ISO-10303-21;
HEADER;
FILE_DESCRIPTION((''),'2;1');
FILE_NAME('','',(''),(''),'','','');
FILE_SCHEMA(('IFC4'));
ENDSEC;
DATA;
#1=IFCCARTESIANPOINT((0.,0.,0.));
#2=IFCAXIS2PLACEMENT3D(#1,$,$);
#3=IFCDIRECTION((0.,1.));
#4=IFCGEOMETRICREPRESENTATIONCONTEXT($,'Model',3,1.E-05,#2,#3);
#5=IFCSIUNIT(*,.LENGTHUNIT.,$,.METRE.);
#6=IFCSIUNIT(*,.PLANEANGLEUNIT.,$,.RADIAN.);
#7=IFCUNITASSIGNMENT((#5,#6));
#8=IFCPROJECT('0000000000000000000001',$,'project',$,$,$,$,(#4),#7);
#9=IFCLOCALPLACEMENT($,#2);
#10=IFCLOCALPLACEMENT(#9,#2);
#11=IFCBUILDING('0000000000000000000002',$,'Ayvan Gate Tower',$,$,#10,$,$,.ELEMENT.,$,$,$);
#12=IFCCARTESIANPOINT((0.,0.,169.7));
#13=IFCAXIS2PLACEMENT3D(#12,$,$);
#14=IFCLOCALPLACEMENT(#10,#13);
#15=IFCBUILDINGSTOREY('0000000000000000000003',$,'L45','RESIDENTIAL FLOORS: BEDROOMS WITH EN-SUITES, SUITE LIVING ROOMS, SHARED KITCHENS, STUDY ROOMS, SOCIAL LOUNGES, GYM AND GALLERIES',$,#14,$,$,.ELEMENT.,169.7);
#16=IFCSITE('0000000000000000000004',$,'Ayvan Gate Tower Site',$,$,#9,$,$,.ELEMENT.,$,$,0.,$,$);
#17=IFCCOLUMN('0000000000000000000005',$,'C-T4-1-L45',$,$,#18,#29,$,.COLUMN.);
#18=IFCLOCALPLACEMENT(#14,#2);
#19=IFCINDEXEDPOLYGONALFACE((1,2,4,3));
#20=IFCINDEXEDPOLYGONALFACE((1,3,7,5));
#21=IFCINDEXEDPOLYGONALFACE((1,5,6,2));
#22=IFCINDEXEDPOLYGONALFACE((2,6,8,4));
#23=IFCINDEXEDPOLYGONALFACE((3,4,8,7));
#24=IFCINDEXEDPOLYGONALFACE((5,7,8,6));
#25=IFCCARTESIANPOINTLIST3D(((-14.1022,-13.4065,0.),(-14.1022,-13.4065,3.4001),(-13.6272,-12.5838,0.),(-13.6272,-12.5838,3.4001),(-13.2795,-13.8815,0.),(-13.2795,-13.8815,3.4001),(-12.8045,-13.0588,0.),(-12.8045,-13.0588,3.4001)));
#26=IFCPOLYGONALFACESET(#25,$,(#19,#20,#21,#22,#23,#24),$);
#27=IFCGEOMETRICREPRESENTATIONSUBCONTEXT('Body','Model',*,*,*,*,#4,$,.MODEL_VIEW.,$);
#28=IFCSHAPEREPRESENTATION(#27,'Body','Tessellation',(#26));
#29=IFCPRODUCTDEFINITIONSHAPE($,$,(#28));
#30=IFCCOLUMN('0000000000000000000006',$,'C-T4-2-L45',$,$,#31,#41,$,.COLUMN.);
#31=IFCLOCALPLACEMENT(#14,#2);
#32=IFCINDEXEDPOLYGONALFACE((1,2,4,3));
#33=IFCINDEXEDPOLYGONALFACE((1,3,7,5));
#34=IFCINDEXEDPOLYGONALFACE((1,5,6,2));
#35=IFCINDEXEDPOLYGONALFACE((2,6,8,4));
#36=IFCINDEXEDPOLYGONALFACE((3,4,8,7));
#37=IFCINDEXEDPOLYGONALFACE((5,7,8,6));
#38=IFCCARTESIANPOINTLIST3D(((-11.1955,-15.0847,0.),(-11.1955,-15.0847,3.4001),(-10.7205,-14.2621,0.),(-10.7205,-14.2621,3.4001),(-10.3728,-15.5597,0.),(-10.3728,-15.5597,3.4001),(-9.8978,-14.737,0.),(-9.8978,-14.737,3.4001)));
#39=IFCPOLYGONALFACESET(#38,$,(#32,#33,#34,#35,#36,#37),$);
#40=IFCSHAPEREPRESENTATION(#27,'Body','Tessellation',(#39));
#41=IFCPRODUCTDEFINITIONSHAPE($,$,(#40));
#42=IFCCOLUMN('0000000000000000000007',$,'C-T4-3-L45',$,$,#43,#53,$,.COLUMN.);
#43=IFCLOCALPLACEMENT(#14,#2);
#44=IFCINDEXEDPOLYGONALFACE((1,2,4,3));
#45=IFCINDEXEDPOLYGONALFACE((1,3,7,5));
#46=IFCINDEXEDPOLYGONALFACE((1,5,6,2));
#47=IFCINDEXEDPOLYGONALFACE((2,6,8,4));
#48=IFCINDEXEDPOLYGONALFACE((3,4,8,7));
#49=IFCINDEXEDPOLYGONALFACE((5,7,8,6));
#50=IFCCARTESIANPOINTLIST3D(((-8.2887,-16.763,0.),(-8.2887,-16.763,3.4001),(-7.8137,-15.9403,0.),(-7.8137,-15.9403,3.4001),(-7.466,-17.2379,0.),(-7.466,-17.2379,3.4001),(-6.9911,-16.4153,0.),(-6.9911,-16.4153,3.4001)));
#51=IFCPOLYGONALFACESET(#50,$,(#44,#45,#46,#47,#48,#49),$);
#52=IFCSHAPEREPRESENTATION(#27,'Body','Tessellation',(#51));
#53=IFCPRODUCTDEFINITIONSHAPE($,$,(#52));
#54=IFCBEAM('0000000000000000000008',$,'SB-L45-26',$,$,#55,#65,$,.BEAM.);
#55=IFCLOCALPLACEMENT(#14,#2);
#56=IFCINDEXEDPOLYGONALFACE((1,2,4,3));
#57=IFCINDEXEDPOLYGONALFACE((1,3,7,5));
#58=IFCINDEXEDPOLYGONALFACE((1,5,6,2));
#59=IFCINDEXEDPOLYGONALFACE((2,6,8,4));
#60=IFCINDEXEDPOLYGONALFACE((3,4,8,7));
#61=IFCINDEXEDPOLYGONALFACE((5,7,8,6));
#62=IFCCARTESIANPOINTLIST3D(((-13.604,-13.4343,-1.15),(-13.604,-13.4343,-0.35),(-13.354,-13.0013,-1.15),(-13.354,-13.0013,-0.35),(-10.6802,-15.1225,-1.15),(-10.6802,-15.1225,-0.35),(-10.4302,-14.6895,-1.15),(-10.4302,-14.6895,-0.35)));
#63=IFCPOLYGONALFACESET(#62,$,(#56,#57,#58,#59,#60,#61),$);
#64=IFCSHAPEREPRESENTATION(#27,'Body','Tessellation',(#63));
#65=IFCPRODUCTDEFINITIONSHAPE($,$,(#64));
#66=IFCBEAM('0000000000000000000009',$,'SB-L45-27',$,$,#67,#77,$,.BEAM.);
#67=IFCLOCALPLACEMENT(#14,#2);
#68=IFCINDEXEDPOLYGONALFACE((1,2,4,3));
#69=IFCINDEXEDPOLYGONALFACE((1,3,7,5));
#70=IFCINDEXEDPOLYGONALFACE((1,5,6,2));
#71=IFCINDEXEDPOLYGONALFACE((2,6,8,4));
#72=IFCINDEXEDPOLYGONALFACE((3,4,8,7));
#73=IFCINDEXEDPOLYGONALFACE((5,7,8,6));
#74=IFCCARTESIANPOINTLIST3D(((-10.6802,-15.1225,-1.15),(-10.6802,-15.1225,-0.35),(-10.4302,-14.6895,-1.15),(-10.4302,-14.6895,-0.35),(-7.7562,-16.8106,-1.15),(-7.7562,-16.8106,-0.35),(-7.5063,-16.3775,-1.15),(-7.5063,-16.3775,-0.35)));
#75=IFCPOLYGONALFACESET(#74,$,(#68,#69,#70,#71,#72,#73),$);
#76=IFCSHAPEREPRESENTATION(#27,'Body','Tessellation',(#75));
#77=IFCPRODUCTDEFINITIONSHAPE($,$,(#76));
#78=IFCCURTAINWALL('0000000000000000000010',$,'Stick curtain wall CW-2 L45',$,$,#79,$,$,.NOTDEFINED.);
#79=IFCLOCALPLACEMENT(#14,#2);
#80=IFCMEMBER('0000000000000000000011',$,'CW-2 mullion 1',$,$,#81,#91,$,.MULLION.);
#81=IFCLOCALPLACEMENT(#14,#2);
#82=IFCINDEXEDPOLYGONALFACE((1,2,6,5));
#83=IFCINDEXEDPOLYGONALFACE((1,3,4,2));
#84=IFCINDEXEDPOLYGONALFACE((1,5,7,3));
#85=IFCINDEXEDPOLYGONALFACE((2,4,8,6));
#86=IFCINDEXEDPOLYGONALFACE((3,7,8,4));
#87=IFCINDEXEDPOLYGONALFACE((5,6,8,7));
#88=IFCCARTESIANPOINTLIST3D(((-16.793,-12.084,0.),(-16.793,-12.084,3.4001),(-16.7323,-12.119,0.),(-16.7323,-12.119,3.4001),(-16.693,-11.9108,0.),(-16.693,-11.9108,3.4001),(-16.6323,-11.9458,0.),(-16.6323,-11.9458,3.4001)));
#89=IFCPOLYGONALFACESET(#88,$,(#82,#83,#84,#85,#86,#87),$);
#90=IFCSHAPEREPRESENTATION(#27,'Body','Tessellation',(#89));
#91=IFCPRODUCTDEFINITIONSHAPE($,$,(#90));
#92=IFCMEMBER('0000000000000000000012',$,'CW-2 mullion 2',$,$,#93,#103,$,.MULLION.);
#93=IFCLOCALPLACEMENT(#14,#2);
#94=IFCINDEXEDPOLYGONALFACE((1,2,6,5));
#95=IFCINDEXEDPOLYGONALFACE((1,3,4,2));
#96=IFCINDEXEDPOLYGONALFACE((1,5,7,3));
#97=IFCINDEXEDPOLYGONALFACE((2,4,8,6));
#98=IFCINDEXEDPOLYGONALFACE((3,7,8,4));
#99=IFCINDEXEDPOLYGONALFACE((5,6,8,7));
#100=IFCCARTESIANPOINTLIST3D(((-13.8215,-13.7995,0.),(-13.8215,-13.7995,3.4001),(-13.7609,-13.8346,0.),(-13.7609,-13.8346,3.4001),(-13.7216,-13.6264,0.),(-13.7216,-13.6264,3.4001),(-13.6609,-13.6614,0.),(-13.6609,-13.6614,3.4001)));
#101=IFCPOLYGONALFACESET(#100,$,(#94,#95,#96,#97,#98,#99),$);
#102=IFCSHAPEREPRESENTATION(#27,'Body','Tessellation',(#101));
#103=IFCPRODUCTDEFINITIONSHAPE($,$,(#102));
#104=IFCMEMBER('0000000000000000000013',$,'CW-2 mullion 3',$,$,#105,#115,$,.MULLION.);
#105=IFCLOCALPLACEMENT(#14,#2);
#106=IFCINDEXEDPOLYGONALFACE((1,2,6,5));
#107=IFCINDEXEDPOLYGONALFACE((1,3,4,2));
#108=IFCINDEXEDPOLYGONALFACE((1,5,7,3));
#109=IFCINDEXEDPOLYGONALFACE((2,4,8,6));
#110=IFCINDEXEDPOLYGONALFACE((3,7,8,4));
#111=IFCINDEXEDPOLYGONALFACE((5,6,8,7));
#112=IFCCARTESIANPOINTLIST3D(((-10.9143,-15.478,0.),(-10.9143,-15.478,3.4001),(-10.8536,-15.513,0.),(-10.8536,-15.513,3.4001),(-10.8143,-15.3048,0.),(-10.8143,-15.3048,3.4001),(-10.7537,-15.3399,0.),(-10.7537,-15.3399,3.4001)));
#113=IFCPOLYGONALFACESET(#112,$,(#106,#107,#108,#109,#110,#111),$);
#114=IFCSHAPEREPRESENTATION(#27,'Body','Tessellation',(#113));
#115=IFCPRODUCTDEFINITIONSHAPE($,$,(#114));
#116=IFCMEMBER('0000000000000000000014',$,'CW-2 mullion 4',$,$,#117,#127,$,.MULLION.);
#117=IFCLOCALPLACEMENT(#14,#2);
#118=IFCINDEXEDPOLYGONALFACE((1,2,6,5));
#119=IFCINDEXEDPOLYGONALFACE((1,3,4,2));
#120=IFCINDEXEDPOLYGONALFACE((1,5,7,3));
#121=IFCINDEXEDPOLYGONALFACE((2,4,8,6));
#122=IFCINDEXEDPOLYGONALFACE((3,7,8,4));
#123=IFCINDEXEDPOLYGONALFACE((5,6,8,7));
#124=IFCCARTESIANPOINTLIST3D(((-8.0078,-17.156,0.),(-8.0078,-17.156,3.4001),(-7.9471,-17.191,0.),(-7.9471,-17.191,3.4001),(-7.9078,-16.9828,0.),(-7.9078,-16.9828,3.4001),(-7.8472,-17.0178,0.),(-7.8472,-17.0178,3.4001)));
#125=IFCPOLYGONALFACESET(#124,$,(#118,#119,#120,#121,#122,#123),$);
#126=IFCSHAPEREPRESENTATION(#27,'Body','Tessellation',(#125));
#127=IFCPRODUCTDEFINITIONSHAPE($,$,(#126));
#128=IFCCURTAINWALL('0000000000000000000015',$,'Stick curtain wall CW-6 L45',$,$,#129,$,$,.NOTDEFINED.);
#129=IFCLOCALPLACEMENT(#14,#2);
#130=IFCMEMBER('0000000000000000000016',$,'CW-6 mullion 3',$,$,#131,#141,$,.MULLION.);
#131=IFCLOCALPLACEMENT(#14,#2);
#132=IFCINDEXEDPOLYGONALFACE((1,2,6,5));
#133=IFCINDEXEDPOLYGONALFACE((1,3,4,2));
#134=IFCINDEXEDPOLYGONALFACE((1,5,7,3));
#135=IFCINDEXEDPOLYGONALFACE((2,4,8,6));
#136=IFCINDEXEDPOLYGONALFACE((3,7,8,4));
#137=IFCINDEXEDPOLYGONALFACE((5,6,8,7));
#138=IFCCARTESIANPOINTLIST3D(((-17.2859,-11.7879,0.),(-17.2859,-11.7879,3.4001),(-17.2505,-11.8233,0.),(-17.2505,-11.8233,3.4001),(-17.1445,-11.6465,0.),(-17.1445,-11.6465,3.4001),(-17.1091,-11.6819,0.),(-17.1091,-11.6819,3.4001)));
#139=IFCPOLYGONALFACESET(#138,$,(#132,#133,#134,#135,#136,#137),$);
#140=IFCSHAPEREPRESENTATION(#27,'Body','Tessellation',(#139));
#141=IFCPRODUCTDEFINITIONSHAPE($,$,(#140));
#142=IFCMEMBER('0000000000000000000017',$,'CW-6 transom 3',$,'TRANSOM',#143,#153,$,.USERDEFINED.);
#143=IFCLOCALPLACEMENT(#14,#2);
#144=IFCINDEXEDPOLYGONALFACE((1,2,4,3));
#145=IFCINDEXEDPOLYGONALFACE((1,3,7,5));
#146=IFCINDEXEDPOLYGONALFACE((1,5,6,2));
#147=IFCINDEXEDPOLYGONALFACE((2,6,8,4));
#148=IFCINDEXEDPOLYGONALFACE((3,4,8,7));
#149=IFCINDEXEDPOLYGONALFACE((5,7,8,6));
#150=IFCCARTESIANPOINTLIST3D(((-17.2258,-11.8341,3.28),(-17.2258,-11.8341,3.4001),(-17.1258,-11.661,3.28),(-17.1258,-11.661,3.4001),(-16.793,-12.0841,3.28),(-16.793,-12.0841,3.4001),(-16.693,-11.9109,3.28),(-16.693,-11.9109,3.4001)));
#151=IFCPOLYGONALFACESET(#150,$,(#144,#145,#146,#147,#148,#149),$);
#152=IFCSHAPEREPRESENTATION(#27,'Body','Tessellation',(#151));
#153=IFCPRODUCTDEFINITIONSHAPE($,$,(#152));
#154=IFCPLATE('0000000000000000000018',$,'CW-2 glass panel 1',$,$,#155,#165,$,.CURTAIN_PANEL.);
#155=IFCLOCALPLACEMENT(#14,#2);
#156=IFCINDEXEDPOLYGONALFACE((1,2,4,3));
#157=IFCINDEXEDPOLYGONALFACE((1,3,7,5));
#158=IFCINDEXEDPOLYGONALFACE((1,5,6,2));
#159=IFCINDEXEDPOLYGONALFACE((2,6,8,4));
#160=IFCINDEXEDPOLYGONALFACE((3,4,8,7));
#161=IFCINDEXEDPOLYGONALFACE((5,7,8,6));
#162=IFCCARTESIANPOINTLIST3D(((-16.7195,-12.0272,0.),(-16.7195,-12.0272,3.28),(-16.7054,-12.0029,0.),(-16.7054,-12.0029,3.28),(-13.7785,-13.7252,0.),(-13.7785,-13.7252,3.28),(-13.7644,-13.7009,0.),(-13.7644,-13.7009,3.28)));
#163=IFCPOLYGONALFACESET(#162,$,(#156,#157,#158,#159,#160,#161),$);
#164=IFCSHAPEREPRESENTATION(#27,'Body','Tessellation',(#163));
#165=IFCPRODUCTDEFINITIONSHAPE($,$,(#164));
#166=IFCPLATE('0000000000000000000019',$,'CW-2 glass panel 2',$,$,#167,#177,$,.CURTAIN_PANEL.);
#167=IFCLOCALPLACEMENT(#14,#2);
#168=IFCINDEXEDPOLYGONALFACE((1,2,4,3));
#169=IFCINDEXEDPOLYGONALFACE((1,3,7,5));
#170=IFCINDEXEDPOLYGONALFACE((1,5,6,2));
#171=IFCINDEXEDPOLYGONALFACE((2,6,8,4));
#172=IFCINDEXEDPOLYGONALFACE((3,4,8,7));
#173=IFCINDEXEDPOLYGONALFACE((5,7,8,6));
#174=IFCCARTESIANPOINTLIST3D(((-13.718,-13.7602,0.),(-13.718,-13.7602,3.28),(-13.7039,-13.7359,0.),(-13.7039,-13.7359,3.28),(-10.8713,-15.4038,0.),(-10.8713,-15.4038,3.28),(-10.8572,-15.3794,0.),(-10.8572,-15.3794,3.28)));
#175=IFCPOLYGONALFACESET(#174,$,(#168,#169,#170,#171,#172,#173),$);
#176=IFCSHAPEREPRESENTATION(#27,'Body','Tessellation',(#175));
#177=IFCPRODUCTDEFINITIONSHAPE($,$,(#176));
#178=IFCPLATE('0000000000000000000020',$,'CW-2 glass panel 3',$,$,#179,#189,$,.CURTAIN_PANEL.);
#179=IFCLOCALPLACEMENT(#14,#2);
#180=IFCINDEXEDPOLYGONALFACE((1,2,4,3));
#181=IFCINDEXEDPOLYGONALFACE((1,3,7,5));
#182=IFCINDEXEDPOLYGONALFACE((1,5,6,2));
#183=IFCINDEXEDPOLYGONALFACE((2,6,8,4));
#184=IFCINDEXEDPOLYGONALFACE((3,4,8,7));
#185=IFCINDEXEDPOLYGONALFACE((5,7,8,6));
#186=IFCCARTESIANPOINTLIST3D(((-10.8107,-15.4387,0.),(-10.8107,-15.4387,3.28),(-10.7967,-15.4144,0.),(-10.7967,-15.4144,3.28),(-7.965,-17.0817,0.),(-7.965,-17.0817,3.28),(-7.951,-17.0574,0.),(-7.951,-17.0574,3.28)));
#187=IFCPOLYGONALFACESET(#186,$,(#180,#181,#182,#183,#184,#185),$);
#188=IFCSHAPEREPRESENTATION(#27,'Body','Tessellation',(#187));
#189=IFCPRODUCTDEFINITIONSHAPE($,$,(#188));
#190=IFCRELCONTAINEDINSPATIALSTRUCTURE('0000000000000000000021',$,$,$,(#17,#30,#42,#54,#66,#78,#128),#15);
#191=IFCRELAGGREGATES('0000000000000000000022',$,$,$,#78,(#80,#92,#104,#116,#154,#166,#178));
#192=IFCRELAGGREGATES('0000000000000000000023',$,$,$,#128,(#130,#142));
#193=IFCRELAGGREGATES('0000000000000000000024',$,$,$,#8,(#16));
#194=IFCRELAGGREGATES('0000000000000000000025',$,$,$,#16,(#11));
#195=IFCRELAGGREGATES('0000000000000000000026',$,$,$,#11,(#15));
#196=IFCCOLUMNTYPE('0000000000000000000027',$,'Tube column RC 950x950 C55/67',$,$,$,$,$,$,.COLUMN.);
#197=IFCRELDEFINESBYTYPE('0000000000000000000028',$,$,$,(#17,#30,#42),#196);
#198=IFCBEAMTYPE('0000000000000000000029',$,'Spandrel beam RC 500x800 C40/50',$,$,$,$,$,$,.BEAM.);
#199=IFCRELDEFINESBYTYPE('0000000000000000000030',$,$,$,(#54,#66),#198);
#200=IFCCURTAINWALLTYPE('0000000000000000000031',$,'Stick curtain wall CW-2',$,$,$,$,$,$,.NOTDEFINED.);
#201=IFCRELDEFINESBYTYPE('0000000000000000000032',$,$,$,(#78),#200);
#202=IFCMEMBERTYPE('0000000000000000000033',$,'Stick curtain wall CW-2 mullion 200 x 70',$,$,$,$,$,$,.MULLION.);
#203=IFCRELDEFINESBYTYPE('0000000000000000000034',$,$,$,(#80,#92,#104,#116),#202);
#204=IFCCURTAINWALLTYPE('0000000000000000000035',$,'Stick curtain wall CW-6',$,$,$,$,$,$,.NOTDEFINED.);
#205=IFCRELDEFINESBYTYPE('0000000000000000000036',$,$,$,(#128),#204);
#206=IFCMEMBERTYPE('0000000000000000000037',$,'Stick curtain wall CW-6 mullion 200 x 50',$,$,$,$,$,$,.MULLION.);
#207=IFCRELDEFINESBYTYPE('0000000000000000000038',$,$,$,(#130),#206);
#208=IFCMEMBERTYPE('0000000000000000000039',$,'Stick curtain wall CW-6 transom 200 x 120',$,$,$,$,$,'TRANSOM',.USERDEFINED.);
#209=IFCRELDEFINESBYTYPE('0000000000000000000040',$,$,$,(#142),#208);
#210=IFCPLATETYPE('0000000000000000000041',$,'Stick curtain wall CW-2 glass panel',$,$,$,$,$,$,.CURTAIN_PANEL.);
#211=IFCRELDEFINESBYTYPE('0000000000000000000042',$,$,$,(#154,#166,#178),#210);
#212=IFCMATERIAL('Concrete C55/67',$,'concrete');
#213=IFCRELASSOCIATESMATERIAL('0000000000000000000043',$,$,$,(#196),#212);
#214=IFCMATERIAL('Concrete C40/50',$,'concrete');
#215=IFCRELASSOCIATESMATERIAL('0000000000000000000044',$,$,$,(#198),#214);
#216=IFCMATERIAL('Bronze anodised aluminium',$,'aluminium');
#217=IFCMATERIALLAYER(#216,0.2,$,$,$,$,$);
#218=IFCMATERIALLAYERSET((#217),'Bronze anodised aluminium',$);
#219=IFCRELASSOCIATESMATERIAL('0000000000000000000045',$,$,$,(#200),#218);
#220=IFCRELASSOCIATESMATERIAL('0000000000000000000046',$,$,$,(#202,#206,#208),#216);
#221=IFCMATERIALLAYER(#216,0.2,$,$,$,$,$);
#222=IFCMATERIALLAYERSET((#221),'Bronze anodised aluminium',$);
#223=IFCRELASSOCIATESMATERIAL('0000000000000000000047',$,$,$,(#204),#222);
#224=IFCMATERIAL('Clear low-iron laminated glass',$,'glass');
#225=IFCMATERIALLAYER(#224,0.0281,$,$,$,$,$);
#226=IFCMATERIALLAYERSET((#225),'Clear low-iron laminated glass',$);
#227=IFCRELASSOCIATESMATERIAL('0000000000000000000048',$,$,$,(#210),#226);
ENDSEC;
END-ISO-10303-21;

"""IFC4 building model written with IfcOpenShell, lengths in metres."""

from ifc_helpers import new_model, si_unit, direction, frame, origin, origin_2d, place, context, subcontext, project, spatial, rectangle, extrude, material, layer, layer_set, material_profile, profile_set, type_object, element, aggregate, save


model = new_model("IFC4")

# Units and contexts
model_context = context("Model", 3, precision=1e-05, world=origin(), true_north=direction((0.0, 1.0)))
body_context = subcontext(model_context, "Body", "Model", "MODEL_VIEW")
ifc_project = project(units=[si_unit("LENGTHUNIT", "METRE"), si_unit("PLANEANGLEUNIT", "RADIAN")], contexts=[model_context])

# Site, building, storey
site_placement = place(None, origin())
site = spatial("IfcSite", under=ifc_project, at=site_placement, Name="Ayvan Gate Tower Site", CompositionType="ELEMENT", RefElevation=0.0)
building_placement = place(site_placement, origin())
building = spatial("IfcBuilding", under=site, at=building_placement, Name="Ayvan Gate Tower", CompositionType="ELEMENT")
storey_placement = place(building_placement, frame((0.0, 0.0, 169.7)))
storey = spatial("IfcBuildingStorey", under=building, at=storey_placement, Name="L45", Description="RESIDENTIAL FLOORS: BEDROOMS WITH EN-SUITES, SUITE LIVING ROOMS, SHARED KITCHENS, STUDY ROOMS, SOCIAL LOUNGES, GYM AND GALLERIES", CompositionType="ELEMENT", Elevation=169.7)

# Columns
ifc_material_1 = material(Name="Concrete C55/67", Category="concrete")
ifc_material_profile_1 = material_profile(ifc_material_1, rectangle(XDim=0.95, YDim=0.95, at=origin_2d()), Name="RC 950x950")
ifc_profile_set_1 = profile_set([ifc_material_profile_1], Name="Concrete C55/67")
column_type = type_object("IfcColumnType", Name="Tube column RC 950x950 C55/67", PredefinedType="COLUMN", material=ifc_profile_set_1)
for number, where, z_axis, x_axis, name in (
    (1, (-13.4534, -13.2327, 0.0), (0.0, 0.0, 1.0), (-0.5, -0.866025, 0.0), "C-T4-1-L45"),
    (2, (-10.5466, -14.9109, 0.0), (0.0, 0.0, 1.0), (-0.5, -0.866025, 0.0), "C-T4-2-L45"),
    (3, (-7.6399, -16.5891, 0.0), (0.0, 0.0, 1.0), (-0.5, -0.866025, 0.0), "C-T4-3-L45"),
):
    element("IfcColumn", number, at=place(storey_placement, frame(where, z_axis=z_axis, x_axis=x_axis)), inside=storey, type_object=column_type, Name=name, PredefinedType="COLUMN", context=body_context, shape_type="SweptSolid", body=[
        extrude(rectangle(XDim=0.95, YDim=0.95, at=origin_2d()), origin(), (0.0, 0.0, 1.0), 3.4001),
    ])

# Beams
ifc_material_2 = material(Name="Concrete C40/50", Category="concrete")
ifc_material_profile_2 = material_profile(ifc_material_2, rectangle(XDim=0.5, YDim=0.8, at=origin_2d()), Name="RC 500x800")
ifc_profile_set_2 = profile_set([ifc_material_profile_2], Name="Concrete C40/50")
beam_type = type_object("IfcBeamType", Name="Spandrel beam RC 500x800 C40/50", PredefinedType="BEAM", material=ifc_profile_set_2)
for number, where, z_axis, x_axis, name in (
    (4, (-13.479, -13.2178, -0.75), (0.866005, -0.500035, 0.0), (0.500035, 0.866005, 0.0), "SB-L45-26"),
    (5, (-10.5552, -14.906, -0.75), (0.866036, -0.499981, 0.0), (0.499981, 0.866036, 0.0), "SB-L45-27"),
):
    element("IfcBeam", number, at=place(storey_placement, frame(where, z_axis=z_axis, x_axis=x_axis)), inside=storey, type_object=beam_type, Name=name, PredefinedType="BEAM", context=body_context, shape_type="SweptSolid", body=[
        extrude(rectangle(XDim=0.5, YDim=0.8, at=origin_2d()), origin(), (0.0, 0.0, 1.0), 3.3762),
    ])

# Curtain walls, members
ifc_material_3 = material(Name="Bronze anodised aluminium", Category="aluminium")
ifc_layer_1 = layer(ifc_material_3, 0.2)
ifc_layer_set_1 = layer_set([ifc_layer_1], Name="Bronze anodised aluminium")
curtain_wall_type_1 = type_object("IfcCurtainWallType", Name="Stick curtain wall CW-2", PredefinedType="NOTDEFINED", material=ifc_layer_set_1)
curtain_wall_1_placement = place(storey_placement, origin())
curtain_wall_1 = element("IfcCurtainWall", 6, at=curtain_wall_1_placement, inside=storey, type_object=curtain_wall_type_1, Name="Stick curtain wall CW-2 L45", PredefinedType="NOTDEFINED")
ifc_material_profile_3 = material_profile(ifc_material_3, rectangle(XDim=0.2, YDim=0.0701, at=origin_2d()), Name="Stick curtain wall CW-2 mullion 200 x 70")
ifc_profile_set_3 = profile_set([ifc_material_profile_3], Name="Bronze anodised aluminium")
member_type_1 = type_object("IfcMemberType", Name="Stick curtain wall CW-2 mullion 200 x 70", PredefinedType="MULLION", material=ifc_profile_set_3)
member_1_placement = place(storey_placement, frame((-16.7126, -12.0149, 0.0), z_axis=(0.0, 0.0, 1.0), x_axis=(-0.5, -0.866025, 0.0)))
member_1 = element("IfcMember", 7, at=member_1_placement, type_object=member_type_1, Name="CW-2 mullion 1", PredefinedType="MULLION", context=body_context, shape_type="SweptSolid", body=[
    extrude(rectangle(XDim=0.2, YDim=0.0701, at=origin_2d()), origin(), (0.0, 0.0, 1.0), 3.4001),
])
member_2_placement = place(storey_placement, frame((-13.7412, -13.7305, 0.0), z_axis=(0.0, 0.0, 1.0), x_axis=(-0.5, -0.866025, 0.0)))
member_2 = element("IfcMember", 8, at=member_2_placement, type_object=member_type_1, Name="CW-2 mullion 2", PredefinedType="MULLION", context=body_context, shape_type="SweptSolid", body=[
    extrude(rectangle(XDim=0.2, YDim=0.0701, at=origin_2d()), origin(), (0.0, 0.0, 1.0), 3.4001),
])
member_3_placement = place(storey_placement, frame((-10.834, -15.4089, 0.0), z_axis=(0.0, 0.0, 1.0), x_axis=(-0.5, -0.866025, 0.0)))
member_3 = element("IfcMember", 9, at=member_3_placement, type_object=member_type_1, Name="CW-2 mullion 3", PredefinedType="MULLION", context=body_context, shape_type="SweptSolid", body=[
    extrude(rectangle(XDim=0.2, YDim=0.0701, at=origin_2d()), origin(), (0.0, 0.0, 1.0), 3.4001),
])
member_4_placement = place(storey_placement, frame((-7.9275, -17.0869, 0.0), z_axis=(0.0, 0.0, 1.0), x_axis=(-0.5, -0.866025, 0.0)))
member_4 = element("IfcMember", 10, at=member_4_placement, type_object=member_type_1, Name="CW-2 mullion 4", PredefinedType="MULLION", context=body_context, shape_type="SweptSolid", body=[
    extrude(rectangle(XDim=0.2, YDim=0.0701, at=origin_2d()), origin(), (0.0, 0.0, 1.0), 3.4001),
])
ifc_layer_2 = layer(ifc_material_3, 0.2)
ifc_layer_set_2 = layer_set([ifc_layer_2], Name="Bronze anodised aluminium")
curtain_wall_type_2 = type_object("IfcCurtainWallType", Name="Stick curtain wall CW-6", PredefinedType="NOTDEFINED", material=ifc_layer_set_2)
curtain_wall_2_placement = place(storey_placement, origin())
curtain_wall_2 = element("IfcCurtainWall", 11, at=curtain_wall_2_placement, inside=storey, type_object=curtain_wall_type_2, Name="Stick curtain wall CW-6 L45", PredefinedType="NOTDEFINED")
ifc_material_profile_4 = material_profile(ifc_material_3, rectangle(XDim=0.2, YDim=0.05, at=origin_2d()), Name="Stick curtain wall CW-6 mullion 200 x 50")
ifc_profile_set_4 = profile_set([ifc_material_profile_4], Name="Bronze anodised aluminium")
member_type_2 = type_object("IfcMemberType", Name="Stick curtain wall CW-6 mullion 200 x 50", PredefinedType="MULLION", material=ifc_profile_set_4)
member_5_placement = place(storey_placement, frame((-17.1975, -11.7349, 0.0), z_axis=(0.0, 0.0, 1.0), x_axis=(-0.707107, -0.707107, 0.0)))
member_5 = element("IfcMember", 12, at=member_5_placement, type_object=member_type_2, Name="CW-6 mullion 3", PredefinedType="MULLION", context=body_context, shape_type="SweptSolid", body=[
    extrude(rectangle(XDim=0.2, YDim=0.05, at=origin_2d()), origin(), (0.0, 0.0, 1.0), 3.4001),
])
ifc_material_profile_5 = material_profile(ifc_material_3, rectangle(XDim=0.2, YDim=0.1201, at=origin_2d()), Name="Stick curtain wall CW-6 transom 200 x 120")
ifc_profile_set_5 = profile_set([ifc_material_profile_5], Name="Bronze anodised aluminium")
member_type_3 = type_object("IfcMemberType", Name="Stick curtain wall CW-6 transom 200 x 120", ElementType="TRANSOM", PredefinedType="USERDEFINED", material=ifc_profile_set_5)
member_6_placement = place(storey_placement, frame((-17.1758, -11.7476, 3.3401), z_axis=(0.86595, -0.500131, 0.0), x_axis=(0.500131, 0.86595, 0.0)))
member_6 = element("IfcMember", 13, at=member_6_placement, type_object=member_type_3, Name="CW-6 transom 3", ObjectType="TRANSOM", PredefinedType="USERDEFINED", context=body_context, shape_type="SweptSolid", body=[
    extrude(rectangle(XDim=0.2, YDim=0.1201, at=origin_2d()), origin(), (0.0, 0.0, 1.0), 0.4998),
])

# Plates
ifc_material_4 = material(Name="Clear low-iron laminated glass", Category="glass")
ifc_layer_3 = layer(ifc_material_4, 0.0281)
ifc_layer_set_3 = layer_set([ifc_layer_3], Name="Clear low-iron laminated glass")
plate_type_1 = type_object("IfcPlateType", Name="Stick curtain wall CW-2 glass panel", PredefinedType="CURTAIN_PANEL", material=ifc_layer_set_3)
plate_1_placement = place(storey_placement, frame((-15.2419, -12.864, 0.0), z_axis=(0.0, 0.0, 1.0), x_axis=(0.866025, -0.5, 0.0)))
plate_1 = element("IfcPlate", 14, at=plate_1_placement, type_object=plate_type_1, Name="CW-2 glass panel 1", PredefinedType="CURTAIN_PANEL", context=body_context, shape_type="SweptSolid", body=[
    extrude(rectangle(XDim=3.396, YDim=0.0281, at=origin_2d()), origin(), (0.0, 0.0, 1.0), 3.28),
])
plate_2_placement = place(storey_placement, frame((-12.2876, -14.5698, 0.0), z_axis=(0.0, 0.0, 1.0), x_axis=(0.866025, -0.5, 0.0)))
plate_2 = element("IfcPlate", 15, at=plate_2_placement, type_object=plate_type_1, Name="CW-2 glass panel 2", PredefinedType="CURTAIN_PANEL", context=body_context, shape_type="SweptSolid", body=[
    extrude(rectangle(XDim=3.2871, YDim=0.0281, at=origin_2d()), origin(), (0.0, 0.0, 1.0), 3.28),
])
plate_3_placement = place(storey_placement, frame((-9.3809, -16.248, 0.0), z_axis=(0.0, 0.0, 1.0), x_axis=(0.866025, -0.5, 0.0)))
plate_3 = element("IfcPlate", 16, at=plate_3_placement, type_object=plate_type_1, Name="CW-2 glass panel 3", PredefinedType="CURTAIN_PANEL", context=body_context, shape_type="SweptSolid", body=[
    extrude(rectangle(XDim=3.2859, YDim=0.0281, at=origin_2d()), origin(), (0.0, 0.0, 1.0), 3.28),
])
aggregate(curtain_wall_1, [member_1, member_2, member_3, member_4, plate_1, plate_2, plate_3])
aggregate(curtain_wall_2, [member_5, member_6])

save(model, "model.ifc")
